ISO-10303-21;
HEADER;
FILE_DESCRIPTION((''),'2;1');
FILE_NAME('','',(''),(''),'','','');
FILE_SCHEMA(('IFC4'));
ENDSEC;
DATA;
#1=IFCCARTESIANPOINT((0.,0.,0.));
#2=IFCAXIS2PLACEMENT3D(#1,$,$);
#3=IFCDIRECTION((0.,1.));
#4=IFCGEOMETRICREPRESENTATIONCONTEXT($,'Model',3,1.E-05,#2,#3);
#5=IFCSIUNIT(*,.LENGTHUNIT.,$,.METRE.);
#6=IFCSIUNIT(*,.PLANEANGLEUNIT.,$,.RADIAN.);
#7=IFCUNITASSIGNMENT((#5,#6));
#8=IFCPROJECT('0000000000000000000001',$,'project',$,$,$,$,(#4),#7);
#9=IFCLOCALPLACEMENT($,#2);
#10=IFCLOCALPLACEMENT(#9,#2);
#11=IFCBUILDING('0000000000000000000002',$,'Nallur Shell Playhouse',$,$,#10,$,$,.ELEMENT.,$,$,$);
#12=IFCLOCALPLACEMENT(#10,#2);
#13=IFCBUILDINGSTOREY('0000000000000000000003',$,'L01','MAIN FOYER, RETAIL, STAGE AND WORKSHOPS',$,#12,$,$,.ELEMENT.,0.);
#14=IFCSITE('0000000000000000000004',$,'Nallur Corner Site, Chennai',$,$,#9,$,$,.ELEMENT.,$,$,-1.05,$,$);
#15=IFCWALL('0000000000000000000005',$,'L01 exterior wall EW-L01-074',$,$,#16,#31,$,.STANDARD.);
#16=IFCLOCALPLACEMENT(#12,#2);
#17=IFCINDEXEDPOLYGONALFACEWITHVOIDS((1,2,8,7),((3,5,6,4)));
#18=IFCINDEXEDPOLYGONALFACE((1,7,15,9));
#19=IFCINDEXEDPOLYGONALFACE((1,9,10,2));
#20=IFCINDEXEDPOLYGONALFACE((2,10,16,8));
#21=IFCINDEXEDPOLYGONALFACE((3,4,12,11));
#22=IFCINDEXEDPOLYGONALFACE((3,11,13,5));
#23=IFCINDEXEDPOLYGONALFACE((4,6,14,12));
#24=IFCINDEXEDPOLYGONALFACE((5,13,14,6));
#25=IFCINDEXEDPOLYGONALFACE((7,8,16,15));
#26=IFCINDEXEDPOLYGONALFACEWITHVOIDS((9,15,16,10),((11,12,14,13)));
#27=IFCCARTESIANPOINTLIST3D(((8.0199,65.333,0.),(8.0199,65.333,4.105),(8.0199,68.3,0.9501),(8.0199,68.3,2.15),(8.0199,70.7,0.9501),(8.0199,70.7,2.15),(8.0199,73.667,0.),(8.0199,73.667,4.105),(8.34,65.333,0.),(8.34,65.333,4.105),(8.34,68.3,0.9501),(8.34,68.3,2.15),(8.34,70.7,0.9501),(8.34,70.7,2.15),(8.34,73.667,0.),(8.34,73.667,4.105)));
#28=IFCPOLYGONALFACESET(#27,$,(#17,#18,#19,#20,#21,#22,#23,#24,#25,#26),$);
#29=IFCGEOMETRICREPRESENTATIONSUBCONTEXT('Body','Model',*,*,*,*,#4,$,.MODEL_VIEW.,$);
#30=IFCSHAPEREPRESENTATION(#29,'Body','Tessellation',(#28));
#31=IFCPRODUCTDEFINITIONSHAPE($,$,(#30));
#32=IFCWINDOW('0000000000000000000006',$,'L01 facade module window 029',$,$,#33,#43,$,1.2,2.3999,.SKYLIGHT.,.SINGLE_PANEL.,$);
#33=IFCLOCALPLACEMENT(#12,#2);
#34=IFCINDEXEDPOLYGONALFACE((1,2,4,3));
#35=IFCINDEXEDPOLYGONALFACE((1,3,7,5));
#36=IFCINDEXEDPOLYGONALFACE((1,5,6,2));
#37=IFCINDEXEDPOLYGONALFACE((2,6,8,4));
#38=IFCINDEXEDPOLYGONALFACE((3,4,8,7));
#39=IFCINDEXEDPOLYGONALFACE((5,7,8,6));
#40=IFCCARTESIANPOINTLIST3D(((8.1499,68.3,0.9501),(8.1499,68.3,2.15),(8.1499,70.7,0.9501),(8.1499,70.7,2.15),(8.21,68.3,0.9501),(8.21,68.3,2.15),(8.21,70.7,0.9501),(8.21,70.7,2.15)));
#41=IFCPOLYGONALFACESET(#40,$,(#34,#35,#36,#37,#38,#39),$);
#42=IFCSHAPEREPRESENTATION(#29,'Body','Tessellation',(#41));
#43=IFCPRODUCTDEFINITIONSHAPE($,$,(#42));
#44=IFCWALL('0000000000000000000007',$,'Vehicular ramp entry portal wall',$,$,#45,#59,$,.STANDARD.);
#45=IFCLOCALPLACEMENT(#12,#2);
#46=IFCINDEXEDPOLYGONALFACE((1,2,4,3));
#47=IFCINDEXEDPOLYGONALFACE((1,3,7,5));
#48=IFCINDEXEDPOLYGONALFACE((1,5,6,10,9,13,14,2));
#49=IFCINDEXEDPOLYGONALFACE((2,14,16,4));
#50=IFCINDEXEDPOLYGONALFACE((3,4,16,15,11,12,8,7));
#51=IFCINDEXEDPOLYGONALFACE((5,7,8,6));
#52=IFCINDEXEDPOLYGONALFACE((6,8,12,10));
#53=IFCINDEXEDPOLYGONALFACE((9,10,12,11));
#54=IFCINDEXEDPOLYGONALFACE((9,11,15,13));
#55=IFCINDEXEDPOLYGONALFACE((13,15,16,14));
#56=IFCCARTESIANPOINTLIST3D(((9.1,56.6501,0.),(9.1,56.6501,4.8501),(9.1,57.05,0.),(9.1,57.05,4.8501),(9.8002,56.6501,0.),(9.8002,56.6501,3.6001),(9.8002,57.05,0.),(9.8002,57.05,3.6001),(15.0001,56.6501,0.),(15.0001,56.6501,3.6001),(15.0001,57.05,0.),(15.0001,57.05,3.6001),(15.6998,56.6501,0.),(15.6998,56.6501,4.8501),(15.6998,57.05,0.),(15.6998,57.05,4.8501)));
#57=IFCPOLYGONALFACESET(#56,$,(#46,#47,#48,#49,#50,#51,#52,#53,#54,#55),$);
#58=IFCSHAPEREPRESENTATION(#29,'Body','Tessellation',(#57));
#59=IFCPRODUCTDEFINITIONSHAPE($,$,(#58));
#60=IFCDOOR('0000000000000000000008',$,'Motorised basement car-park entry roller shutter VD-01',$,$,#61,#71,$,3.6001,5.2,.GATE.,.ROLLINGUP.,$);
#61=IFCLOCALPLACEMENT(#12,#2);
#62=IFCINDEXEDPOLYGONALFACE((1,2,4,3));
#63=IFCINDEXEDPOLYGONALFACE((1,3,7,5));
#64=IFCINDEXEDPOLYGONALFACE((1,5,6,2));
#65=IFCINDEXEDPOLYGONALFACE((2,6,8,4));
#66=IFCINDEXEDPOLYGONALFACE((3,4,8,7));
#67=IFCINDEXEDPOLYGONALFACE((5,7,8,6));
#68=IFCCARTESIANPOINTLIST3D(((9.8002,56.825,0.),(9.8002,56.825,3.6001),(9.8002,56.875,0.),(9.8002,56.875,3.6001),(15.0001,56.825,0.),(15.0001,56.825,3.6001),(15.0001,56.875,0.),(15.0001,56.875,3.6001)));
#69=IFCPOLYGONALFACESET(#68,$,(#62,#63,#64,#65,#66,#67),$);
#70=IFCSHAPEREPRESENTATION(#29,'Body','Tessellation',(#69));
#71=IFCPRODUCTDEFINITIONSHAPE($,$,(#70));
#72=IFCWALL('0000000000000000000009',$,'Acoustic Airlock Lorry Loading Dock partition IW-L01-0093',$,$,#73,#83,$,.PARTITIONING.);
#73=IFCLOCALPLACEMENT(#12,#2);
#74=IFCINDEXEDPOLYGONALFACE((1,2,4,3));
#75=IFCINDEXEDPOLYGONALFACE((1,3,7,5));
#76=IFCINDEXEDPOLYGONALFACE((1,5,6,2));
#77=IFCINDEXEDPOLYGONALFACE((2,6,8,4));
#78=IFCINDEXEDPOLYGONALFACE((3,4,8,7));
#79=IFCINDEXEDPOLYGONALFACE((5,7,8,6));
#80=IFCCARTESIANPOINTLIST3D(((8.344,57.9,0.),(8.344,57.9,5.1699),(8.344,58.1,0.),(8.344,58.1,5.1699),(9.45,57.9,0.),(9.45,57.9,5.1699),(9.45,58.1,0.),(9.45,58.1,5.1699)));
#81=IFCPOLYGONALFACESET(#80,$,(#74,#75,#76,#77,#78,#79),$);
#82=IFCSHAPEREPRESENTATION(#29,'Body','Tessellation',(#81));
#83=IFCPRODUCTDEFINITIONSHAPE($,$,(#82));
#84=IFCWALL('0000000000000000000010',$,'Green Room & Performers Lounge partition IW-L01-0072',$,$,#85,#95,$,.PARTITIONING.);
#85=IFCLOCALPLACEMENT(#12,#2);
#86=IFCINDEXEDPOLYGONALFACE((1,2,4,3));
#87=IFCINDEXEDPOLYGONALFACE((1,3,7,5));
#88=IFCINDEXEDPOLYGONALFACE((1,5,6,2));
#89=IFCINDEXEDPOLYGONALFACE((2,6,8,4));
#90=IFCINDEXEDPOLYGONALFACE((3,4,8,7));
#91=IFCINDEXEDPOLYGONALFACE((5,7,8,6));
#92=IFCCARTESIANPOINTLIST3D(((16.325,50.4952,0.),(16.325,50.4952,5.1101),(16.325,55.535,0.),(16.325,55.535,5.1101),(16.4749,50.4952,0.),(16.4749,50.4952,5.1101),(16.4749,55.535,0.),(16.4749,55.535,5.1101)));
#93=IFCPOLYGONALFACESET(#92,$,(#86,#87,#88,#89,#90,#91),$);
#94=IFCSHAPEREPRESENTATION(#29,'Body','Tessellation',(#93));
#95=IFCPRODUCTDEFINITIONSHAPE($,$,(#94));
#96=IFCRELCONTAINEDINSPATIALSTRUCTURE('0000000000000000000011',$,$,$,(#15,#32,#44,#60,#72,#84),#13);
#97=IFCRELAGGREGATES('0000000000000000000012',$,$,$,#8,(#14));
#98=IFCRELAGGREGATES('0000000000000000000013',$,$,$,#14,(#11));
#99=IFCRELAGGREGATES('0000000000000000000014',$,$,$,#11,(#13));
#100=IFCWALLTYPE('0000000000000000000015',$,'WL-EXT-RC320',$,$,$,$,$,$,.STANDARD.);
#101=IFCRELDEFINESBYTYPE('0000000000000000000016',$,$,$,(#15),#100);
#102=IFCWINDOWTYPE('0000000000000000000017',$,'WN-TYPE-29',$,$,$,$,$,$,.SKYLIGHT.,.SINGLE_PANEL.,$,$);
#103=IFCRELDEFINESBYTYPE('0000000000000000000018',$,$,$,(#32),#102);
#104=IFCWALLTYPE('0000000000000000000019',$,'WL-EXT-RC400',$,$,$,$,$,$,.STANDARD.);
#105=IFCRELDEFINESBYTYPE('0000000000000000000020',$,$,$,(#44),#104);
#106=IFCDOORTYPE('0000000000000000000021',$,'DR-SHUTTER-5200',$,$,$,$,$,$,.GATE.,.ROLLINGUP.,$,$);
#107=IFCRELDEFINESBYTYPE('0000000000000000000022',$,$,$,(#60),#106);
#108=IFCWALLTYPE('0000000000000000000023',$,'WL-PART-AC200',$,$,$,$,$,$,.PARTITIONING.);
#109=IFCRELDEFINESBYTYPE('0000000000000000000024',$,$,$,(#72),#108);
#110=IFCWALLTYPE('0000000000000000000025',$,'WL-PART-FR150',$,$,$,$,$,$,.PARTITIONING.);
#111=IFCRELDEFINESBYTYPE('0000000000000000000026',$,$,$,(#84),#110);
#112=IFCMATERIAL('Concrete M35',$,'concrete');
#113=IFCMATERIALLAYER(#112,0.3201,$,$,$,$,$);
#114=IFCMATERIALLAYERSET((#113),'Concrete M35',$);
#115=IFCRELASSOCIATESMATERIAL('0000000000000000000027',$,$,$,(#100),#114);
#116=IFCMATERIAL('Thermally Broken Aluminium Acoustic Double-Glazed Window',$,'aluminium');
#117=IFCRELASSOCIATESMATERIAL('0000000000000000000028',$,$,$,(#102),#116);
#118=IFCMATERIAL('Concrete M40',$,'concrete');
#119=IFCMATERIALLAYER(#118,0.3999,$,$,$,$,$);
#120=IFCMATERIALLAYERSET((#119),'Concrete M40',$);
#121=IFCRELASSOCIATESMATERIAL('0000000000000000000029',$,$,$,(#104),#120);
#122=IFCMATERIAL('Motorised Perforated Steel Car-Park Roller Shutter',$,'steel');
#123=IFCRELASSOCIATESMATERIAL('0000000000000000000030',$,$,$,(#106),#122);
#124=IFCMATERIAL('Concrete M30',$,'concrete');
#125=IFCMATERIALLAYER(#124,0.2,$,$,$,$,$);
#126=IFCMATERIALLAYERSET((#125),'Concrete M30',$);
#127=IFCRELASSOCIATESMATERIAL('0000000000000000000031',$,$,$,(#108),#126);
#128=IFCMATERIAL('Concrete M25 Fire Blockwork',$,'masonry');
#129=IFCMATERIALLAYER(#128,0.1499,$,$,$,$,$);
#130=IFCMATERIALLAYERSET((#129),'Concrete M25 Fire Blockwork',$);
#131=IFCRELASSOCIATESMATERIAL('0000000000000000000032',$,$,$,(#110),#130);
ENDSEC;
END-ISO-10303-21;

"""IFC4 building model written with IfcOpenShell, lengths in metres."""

from ifc_helpers import new_model, si_unit, direction, frame, frame_2d, origin, place, context, subcontext, project, spatial, rectangle, extrude, material, layer, layer_set, type_object, element, fill, save


model = new_model("IFC4")

# Units and contexts
model_context = context("Model", 3, precision=1e-05, world=origin(), true_north=direction((0.0, 1.0)))
body_context = subcontext(model_context, "Body", "Model", "MODEL_VIEW")
ifc_project = project(units=[si_unit("LENGTHUNIT", "METRE"), si_unit("PLANEANGLEUNIT", "RADIAN")], contexts=[model_context])

# Site, building, storey
site_placement = place(None, origin())
site = spatial("IfcSite", under=ifc_project, at=site_placement, Name="Nallur Corner Site, Chennai", CompositionType="ELEMENT", RefElevation=-1.05)
building_placement = place(site_placement, origin())
building = spatial("IfcBuilding", under=site, at=building_placement, Name="Nallur Shell Playhouse", CompositionType="ELEMENT")
storey_placement = place(building_placement, origin())
storey = spatial("IfcBuildingStorey", under=building, at=storey_placement, Name="L01", Description="MAIN FOYER, RETAIL, STAGE AND WORKSHOPS", CompositionType="ELEMENT", Elevation=0.0)

# Shared definitions
ifc_material_1 = material(Name="Concrete M35", Category="concrete")
ifc_material_2 = material(Name="Concrete M40", Category="concrete")

# Shared definitions
ifc_material_3 = material(Name="Concrete M30", Category="concrete")

# Wall, opening, window
ifc_layer_1 = layer(ifc_material_1, 0.3201)
ifc_layer_set_1 = layer_set([ifc_layer_1], Name="Concrete M35")
wall_type_1 = type_object("IfcWallType", Name="WL-EXT-RC320", PredefinedType="STANDARD", material=ifc_layer_set_1)
ifc_material_4 = material(Name="Thermally Broken Aluminium Acoustic Double-Glazed Window", Category="aluminium")
wall_1_placement = place(storey_placement, frame((8.1799, 65.333, 0.0), z_axis=(0.0, 0.0, 1.0), x_axis=(0.0, 1.0, 0.0)))
wall_1 = element("IfcWall", 1, at=wall_1_placement, inside=storey, type_object=wall_type_1, Name="L01 exterior wall EW-L01-074", PredefinedType="STANDARD", context=body_context, shape_type="SweptSolid", body=[
    extrude(rectangle(XDim=8.334, YDim=0.3201, at=frame_2d((4.167, 0.0))), origin(), (0.0, 0.0, 1.0), 4.105),
])
opening_1_placement = place(wall_1_placement, frame((2.967, 0.0, 0.95)))
opening_1 = element("IfcOpeningElement", 2, at=opening_1_placement, cuts=wall_1, PredefinedType="OPENING", context=body_context, shape_type="SweptSolid", body=[
    extrude(rectangle(XDim=2.3999, YDim=1.2, at=frame_2d((1.2, 0.6001))), frame((0.0, 0.1699, 0.0), z_axis=(0.0, -1.0, 0.0), x_axis=(1.0, 0.0, 0.0)), (0.0, 0.0, 1.0), 0.3401),
])
window_type_1 = type_object("IfcWindowType", Name="WN-TYPE-29", PartitioningType="SINGLE_PANEL", PredefinedType="SKYLIGHT", material=ifc_material_4)
window_1_placement = place(opening_1_placement, origin())
window_1 = element("IfcWindow", 3, at=window_1_placement, inside=storey, type_object=window_type_1, Name="L01 facade module window 029", OverallHeight=1.2, OverallWidth=2.3999, PartitioningType="SINGLE_PANEL", PredefinedType="SKYLIGHT", context=body_context, shape_type="SweptSolid", body=[
    extrude(rectangle(XDim=2.3999, YDim=1.2, at=frame_2d((1.2, 0.6001))), frame((0.0, 0.03, 0.0), z_axis=(0.0, -1.0, 0.0), x_axis=(1.0, 0.0, 0.0)), (0.0, 0.0, 1.0), 0.0601),
])
fill(opening_1, window_1)

# Wall, opening, door
ifc_layer_2 = layer(ifc_material_2, 0.3999)
ifc_layer_set_2 = layer_set([ifc_layer_2], Name="Concrete M40")
wall_type_2 = type_object("IfcWallType", Name="WL-EXT-RC400", PredefinedType="STANDARD", material=ifc_layer_set_2)
wall_2_placement = place(storey_placement, frame((9.1001, 56.8501, 0.0), z_axis=(0.0, 0.0, 1.0), x_axis=(1.0, 0.0, 0.0)))
wall_2 = element("IfcWall", 4, at=wall_2_placement, inside=storey, type_object=wall_type_2, Name="Vehicular ramp entry portal wall", PredefinedType="STANDARD", context=body_context, shape_type="SweptSolid", body=[
    extrude(rectangle(XDim=6.5999, YDim=0.3999, at=frame_2d((3.2998, 0.0))), origin(), (0.0, 0.0, 1.0), 4.8501),
])
opening_2_placement = place(wall_2_placement, frame((0.7, 0.0, 0.0)))
opening_2 = element("IfcOpeningElement", 5, at=opening_2_placement, cuts=wall_2, PredefinedType="OPENING", context=body_context, shape_type="SweptSolid", body=[
    extrude(rectangle(XDim=5.2, YDim=3.6001, at=frame_2d((2.6001, 1.8))), frame((0.0, 0.21, 0.0), z_axis=(0.0, -1.0, 0.0), x_axis=(1.0, 0.0, 0.0)), (0.0, 0.0, 1.0), 0.4199),
])
ifc_material_5 = material(Name="Motorised Perforated Steel Car-Park Roller Shutter", Category="steel")
door_type = type_object("IfcDoorType", Name="DR-SHUTTER-5200", OperationType="ROLLINGUP", PredefinedType="GATE", material=ifc_material_5)
door_placement = place(opening_2_placement, origin())
door = element("IfcDoor", 6, at=door_placement, inside=storey, type_object=door_type, Name="Motorised basement car-park entry roller shutter VD-01", OperationType="ROLLINGUP", OverallHeight=3.6001, OverallWidth=5.2, PredefinedType="GATE", context=body_context, shape_type="SweptSolid", body=[
    extrude(rectangle(XDim=5.2, YDim=3.6001, at=frame_2d((2.6001, 1.8))), frame((0.0, 0.0249, 0.0), z_axis=(0.0, -1.0, 0.0), x_axis=(1.0, 0.0, 0.0)), (0.0, 0.0, 1.0), 0.05),
])
fill(opening_2, door)

# Walls
ifc_layer_3 = layer(ifc_material_3, 0.2)
ifc_layer_set_3 = layer_set([ifc_layer_3], Name="Concrete M30")
wall_type_3 = type_object("IfcWallType", Name="WL-PART-AC200", PredefinedType="PARTITIONING", material=ifc_layer_set_3)
wall_3_placement = place(storey_placement, frame((9.45, 58.0, 0.0), z_axis=(0.0, 0.0, 1.0), x_axis=(-1.0, 0.0, 0.0)))
element("IfcWall", 7, at=wall_3_placement, inside=storey, type_object=wall_type_3, Name="Acoustic Airlock Lorry Loading Dock partition IW-L01-0093", PredefinedType="PARTITIONING", context=body_context, shape_type="SweptSolid", body=[
    extrude(rectangle(XDim=1.106, YDim=0.2, at=frame_2d((0.553, 0.0))), origin(), (0.0, 0.0, 1.0), 5.1699),
])
ifc_material_6 = material(Name="Concrete M25 Fire Blockwork", Category="masonry")
ifc_layer_4 = layer(ifc_material_6, 0.1499)
ifc_layer_set_4 = layer_set([ifc_layer_4], Name="Concrete M25 Fire Blockwork")
wall_type_4 = type_object("IfcWallType", Name="WL-PART-FR150", PredefinedType="PARTITIONING", material=ifc_layer_set_4)
wall_4_placement = place(storey_placement, frame((16.3999, 50.4951, 0.0), z_axis=(0.0, 0.0, 1.0), x_axis=(0.0, 1.0, 0.0)))
element("IfcWall", 8, at=wall_4_placement, inside=storey, type_object=wall_type_4, Name="Green Room & Performers Lounge partition IW-L01-0072", PredefinedType="PARTITIONING", context=body_context, shape_type="SweptSolid", body=[
    extrude(rectangle(XDim=5.0398, YDim=0.1499, at=frame_2d((2.52, 0.0))), origin(), (0.0, 0.0, 1.0), 5.1101),
])

save(model, "model.ifc")
